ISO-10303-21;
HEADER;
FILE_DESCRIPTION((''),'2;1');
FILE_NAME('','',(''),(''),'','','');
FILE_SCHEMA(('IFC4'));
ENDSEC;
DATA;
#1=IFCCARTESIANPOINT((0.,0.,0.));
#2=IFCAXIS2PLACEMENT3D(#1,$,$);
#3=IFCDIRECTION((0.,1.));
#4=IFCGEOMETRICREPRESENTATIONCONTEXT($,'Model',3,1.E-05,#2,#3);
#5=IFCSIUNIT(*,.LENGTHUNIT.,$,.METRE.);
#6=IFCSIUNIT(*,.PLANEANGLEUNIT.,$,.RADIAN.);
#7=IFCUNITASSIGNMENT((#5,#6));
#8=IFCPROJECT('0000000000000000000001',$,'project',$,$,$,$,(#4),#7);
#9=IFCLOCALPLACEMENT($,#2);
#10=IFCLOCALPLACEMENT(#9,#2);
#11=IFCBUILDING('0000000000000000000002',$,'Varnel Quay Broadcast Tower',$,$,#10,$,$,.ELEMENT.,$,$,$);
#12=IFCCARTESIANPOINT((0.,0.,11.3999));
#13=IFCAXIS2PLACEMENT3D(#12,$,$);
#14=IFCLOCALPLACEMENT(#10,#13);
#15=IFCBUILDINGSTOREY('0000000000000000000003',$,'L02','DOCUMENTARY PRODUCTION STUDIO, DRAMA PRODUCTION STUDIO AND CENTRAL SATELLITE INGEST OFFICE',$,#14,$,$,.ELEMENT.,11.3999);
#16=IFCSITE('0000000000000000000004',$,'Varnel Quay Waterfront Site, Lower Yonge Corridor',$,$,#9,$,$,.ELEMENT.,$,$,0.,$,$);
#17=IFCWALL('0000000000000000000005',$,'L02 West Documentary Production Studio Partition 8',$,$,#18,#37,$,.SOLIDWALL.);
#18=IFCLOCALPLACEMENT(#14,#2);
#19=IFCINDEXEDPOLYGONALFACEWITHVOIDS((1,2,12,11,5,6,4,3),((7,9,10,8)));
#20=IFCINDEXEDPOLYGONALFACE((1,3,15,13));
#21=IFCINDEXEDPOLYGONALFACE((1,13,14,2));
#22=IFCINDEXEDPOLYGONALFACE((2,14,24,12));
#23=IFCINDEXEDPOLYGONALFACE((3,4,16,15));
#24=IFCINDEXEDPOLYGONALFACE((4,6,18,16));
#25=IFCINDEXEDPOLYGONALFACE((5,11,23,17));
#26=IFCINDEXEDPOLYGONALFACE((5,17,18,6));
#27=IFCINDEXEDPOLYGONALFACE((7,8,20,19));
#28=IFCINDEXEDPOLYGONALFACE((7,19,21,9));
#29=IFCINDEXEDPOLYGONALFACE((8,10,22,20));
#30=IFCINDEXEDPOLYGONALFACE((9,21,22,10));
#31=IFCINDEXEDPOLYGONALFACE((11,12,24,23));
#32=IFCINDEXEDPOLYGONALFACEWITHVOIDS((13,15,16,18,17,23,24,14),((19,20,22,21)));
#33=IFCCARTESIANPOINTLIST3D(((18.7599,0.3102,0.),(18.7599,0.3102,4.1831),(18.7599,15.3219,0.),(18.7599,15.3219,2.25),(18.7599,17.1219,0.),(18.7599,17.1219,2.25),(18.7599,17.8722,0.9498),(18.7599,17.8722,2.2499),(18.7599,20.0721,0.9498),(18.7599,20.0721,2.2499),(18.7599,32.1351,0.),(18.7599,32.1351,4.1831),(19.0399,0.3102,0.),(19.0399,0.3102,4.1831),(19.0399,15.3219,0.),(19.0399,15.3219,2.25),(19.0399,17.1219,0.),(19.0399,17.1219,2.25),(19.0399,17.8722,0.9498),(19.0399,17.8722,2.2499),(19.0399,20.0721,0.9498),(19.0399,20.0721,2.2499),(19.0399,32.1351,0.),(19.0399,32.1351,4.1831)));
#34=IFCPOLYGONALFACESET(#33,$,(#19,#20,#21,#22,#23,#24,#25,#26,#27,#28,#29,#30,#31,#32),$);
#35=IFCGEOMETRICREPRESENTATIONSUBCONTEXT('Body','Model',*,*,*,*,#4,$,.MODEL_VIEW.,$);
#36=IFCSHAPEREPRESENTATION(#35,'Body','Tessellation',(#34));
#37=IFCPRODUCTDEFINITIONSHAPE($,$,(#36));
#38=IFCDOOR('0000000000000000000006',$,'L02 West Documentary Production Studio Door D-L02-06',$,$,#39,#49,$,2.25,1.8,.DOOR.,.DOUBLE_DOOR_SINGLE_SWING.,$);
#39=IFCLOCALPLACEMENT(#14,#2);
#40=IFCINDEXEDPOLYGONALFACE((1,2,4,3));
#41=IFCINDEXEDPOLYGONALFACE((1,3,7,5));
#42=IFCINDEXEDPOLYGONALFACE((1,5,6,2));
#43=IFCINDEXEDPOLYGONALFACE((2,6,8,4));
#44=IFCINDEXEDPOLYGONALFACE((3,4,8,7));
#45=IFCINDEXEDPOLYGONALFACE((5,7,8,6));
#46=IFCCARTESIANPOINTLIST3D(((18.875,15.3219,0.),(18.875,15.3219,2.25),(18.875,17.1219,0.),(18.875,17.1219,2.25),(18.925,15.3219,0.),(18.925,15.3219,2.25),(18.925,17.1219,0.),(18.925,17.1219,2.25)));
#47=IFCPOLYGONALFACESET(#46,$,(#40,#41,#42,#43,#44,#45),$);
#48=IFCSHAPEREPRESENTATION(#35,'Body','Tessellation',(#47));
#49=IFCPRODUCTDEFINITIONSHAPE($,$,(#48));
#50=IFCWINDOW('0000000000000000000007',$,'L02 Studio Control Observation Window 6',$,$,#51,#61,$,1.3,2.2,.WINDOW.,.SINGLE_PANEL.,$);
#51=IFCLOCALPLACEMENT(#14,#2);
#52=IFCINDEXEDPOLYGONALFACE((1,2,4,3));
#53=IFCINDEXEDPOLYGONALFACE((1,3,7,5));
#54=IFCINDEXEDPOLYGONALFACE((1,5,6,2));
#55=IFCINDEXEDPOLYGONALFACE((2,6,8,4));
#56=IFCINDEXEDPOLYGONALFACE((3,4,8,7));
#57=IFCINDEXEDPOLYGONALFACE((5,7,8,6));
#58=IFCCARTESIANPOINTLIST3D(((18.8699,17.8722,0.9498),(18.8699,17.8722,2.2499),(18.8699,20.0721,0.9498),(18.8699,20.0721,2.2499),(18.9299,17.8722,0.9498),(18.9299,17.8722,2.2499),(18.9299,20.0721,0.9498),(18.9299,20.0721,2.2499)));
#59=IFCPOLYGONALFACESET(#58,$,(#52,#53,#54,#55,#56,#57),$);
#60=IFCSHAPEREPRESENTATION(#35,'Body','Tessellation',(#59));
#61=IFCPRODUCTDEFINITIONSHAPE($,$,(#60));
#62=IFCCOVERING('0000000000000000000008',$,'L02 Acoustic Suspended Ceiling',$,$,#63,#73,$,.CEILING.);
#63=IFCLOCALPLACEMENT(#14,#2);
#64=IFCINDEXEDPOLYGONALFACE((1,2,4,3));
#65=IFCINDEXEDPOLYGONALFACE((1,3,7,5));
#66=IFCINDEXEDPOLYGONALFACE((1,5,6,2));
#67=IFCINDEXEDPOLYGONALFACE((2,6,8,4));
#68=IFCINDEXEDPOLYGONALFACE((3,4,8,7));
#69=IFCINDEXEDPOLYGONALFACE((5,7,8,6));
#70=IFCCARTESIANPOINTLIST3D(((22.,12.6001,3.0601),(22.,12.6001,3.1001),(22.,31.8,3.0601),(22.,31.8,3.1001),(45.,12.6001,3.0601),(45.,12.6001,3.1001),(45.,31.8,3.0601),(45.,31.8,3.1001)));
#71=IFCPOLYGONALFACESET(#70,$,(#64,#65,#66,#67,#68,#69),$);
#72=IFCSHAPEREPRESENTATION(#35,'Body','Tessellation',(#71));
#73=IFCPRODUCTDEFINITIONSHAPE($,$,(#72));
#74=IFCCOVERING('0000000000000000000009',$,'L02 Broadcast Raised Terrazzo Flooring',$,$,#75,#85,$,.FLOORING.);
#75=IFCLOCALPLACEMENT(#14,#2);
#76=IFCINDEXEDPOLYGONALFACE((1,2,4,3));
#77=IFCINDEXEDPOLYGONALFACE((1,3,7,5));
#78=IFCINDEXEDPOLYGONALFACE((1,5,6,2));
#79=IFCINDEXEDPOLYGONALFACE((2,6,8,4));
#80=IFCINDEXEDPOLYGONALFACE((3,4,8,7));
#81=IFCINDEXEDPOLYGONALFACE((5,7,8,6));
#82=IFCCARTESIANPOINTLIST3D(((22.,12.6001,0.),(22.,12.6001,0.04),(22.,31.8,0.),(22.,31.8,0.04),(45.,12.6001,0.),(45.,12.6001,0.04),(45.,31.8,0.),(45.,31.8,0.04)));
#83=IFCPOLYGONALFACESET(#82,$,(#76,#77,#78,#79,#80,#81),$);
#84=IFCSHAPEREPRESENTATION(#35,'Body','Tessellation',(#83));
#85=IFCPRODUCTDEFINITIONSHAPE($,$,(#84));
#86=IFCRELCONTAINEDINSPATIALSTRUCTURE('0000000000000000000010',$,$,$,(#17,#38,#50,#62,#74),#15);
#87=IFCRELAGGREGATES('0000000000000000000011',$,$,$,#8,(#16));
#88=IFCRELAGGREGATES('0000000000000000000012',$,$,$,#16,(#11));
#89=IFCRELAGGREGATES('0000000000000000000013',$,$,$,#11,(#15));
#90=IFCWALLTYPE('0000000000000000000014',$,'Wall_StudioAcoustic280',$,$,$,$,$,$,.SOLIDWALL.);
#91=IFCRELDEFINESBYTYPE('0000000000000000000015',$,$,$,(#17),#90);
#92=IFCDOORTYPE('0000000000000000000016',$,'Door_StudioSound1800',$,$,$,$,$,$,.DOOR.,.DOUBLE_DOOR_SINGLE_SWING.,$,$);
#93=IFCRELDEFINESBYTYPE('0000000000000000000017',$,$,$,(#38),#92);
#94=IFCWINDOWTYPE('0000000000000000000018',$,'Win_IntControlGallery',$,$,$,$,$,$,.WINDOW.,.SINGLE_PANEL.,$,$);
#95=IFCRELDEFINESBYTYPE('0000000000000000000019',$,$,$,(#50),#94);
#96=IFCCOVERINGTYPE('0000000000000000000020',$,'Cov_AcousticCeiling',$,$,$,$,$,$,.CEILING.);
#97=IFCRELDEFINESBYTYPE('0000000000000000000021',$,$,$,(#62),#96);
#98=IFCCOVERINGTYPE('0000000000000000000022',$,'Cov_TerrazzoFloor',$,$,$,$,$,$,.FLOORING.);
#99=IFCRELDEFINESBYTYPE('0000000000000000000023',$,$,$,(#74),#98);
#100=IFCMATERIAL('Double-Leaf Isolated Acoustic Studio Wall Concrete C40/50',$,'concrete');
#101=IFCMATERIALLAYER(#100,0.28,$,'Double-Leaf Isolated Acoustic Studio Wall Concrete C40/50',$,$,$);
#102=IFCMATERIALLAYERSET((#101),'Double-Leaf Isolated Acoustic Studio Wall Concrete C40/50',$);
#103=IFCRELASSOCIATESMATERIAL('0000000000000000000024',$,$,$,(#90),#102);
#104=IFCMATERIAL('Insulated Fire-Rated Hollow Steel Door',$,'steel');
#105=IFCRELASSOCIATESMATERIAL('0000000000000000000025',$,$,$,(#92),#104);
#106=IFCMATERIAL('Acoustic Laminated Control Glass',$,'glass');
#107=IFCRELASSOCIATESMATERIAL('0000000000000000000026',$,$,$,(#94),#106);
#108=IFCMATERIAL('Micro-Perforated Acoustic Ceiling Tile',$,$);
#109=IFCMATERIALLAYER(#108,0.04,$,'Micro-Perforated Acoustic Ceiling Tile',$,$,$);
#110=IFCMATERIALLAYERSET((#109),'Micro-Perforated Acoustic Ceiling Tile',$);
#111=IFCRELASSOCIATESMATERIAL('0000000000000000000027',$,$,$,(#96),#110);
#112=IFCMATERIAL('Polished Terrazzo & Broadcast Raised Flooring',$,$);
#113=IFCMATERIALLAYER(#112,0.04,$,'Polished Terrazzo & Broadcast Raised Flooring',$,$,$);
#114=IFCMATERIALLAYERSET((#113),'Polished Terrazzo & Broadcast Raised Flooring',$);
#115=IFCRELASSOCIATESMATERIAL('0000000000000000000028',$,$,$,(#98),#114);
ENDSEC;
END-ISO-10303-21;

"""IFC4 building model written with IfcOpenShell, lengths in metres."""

from ifc_helpers import new_model, si_unit, direction, frame, frame_2d, origin, place, context, subcontext, project, spatial, polyline, rectangle, outline, extrude, source, transform, mapped, material, layer, layer_set, type_object, type_shapes, element, fill, save


model = new_model("IFC4")

# Units and contexts
model_context = context("Model", 3, precision=1e-05, world=origin(), true_north=direction((0.0, 1.0)))
body_context = subcontext(model_context, "Body", "Model", "MODEL_VIEW")
ifc_project = project(units=[si_unit("LENGTHUNIT", "METRE"), si_unit("PLANEANGLEUNIT", "RADIAN")], contexts=[model_context])

# Site, building, storey
site_placement = place(None, origin())
site = spatial("IfcSite", under=ifc_project, at=site_placement, Name="Varnel Quay Waterfront Site, Lower Yonge Corridor", CompositionType="ELEMENT", RefElevation=0.0)
building_placement = place(site_placement, origin())
building = spatial("IfcBuilding", under=site, at=building_placement, Name="Varnel Quay Broadcast Tower", CompositionType="ELEMENT")
storey_placement = place(building_placement, frame((0.0, 0.0, 11.3999)))
storey = spatial("IfcBuildingStorey", under=building, at=storey_placement, Name="L02", Description="DOCUMENTARY PRODUCTION STUDIO, DRAMA PRODUCTION STUDIO AND CENTRAL SATELLITE INGEST OFFICE", CompositionType="ELEMENT", Elevation=11.3999)

# Wall, openings, door, window
ifc_material_1 = material(Name="Double-Leaf Isolated Acoustic Studio Wall Concrete C40/50", Category="concrete")
ifc_layer_1 = layer(ifc_material_1, 0.28, Name="Double-Leaf Isolated Acoustic Studio Wall Concrete C40/50")
ifc_layer_set_1 = layer_set([ifc_layer_1], Name="Double-Leaf Isolated Acoustic Studio Wall Concrete C40/50")
wall_type_1 = type_object("IfcWallType", Name="Wall_StudioAcoustic280", PredefinedType="SOLIDWALL", material=ifc_layer_set_1)
wall_1_placement = place(storey_placement, frame((18.8999, 0.3101, 0.0), z_axis=(0.0, 0.0, 1.0), x_axis=(0.0, 1.0, 0.0)))
wall_1 = element("IfcWall", 1, at=wall_1_placement, inside=storey, type_object=wall_type_1, Name="L02 West Documentary Production Studio Partition 8", PredefinedType="SOLIDWALL", context=body_context, shape_type="SweptSolid", body=[
    extrude(rectangle(XDim=31.825, YDim=0.28, at=frame_2d((15.9126, 0.0))), origin(), (0.0, 0.0, 1.0), 4.1831),
])
opening_1_placement = place(wall_1_placement, frame((15.012, 0.0, 0.0)))
opening_1 = element("IfcOpeningElement", 2, at=opening_1_placement, cuts=wall_1, PredefinedType="OPENING", context=body_context, shape_type="SweptSolid", body=[
    extrude(rectangle(XDim=1.8, YDim=2.25, at=frame_2d((0.8999, 1.125))), frame((0.0, 0.1499, 0.0), z_axis=(0.0, -1.0, 0.0), x_axis=(1.0, 0.0, 0.0)), (0.0, 0.0, 1.0), 0.3),
])
opening_2_placement = place(wall_1_placement, frame((17.562, 0.0, 0.95)))
opening_2 = element("IfcOpeningElement", 3, at=opening_2_placement, cuts=wall_1, PredefinedType="OPENING", context=body_context, shape_type="SweptSolid", body=[
    extrude(rectangle(XDim=2.2, YDim=1.3, at=frame_2d((1.1001, 0.6499))), frame((0.0, 0.1499, 0.0), z_axis=(0.0, -1.0, 0.0), x_axis=(1.0, 0.0, 0.0)), (0.0, 0.0, 1.0), 0.3),
])
ifc_material_2 = material(Name="Insulated Fire-Rated Hollow Steel Door", Category="steel")
door_type_1 = type_object("IfcDoorType", Name="Door_StudioSound1800", OperationType="DOUBLE_DOOR_SINGLE_SWING", PredefinedType="DOOR", material=ifc_material_2)
shared_shape_1 = source(origin(), body_context, "Body", "SweptSolid", [
    extrude(rectangle(XDim=1.8, YDim=2.25, at=frame_2d((0.8999, 1.125))), frame((0.0, 0.0249, 0.0), z_axis=(0.0, -1.0, 0.0), x_axis=(1.0, 0.0, 0.0)), (0.0, 0.0, 1.0), 0.05),
])
type_shapes(door_type_1, [shared_shape_1])
door_1_placement = place(opening_1_placement, origin())
door_1 = element("IfcDoor", 4, at=door_1_placement, inside=storey, type_object=door_type_1, Name="L02 West Documentary Production Studio Door D-L02-06", OperationType="DOUBLE_DOOR_SINGLE_SWING", OverallHeight=2.25, OverallWidth=1.8, PredefinedType="DOOR", context=body_context, shape_type="MappedRepresentation", body=[
    mapped(shared_shape_1, transform((0.0, 0.0, 0.0), x_axis=(1.0, 0.0, 0.0), y_axis=(0.0, 1.0, 0.0), z_axis=(0.0, 0.0, 1.0), scale=1.0)),
])
fill(opening_1, door_1)
ifc_material_3 = material(Name="Acoustic Laminated Control Glass", Category="glass")
window_type_1 = type_object("IfcWindowType", Name="Win_IntControlGallery", PartitioningType="SINGLE_PANEL", PredefinedType="WINDOW", material=ifc_material_3)
shared_shape_2 = source(origin(), body_context, "Body", "SweptSolid", [
    extrude(rectangle(XDim=2.2, YDim=1.3, at=frame_2d((1.1001, 0.6499))), frame((0.0, 0.03, 0.0), z_axis=(0.0, -1.0, 0.0), x_axis=(1.0, 0.0, 0.0)), (0.0, 0.0, 1.0), 0.0601),
])
type_shapes(window_type_1, [shared_shape_2])
window_1_placement = place(opening_2_placement, origin())
window_1 = element("IfcWindow", 5, at=window_1_placement, inside=storey, type_object=window_type_1, Name="L02 Studio Control Observation Window 6", OverallHeight=1.3, OverallWidth=2.2, PartitioningType="SINGLE_PANEL", PredefinedType="WINDOW", context=body_context, shape_type="MappedRepresentation", body=[
    mapped(shared_shape_2, transform((0.0, 0.0, 0.0), x_axis=(1.0, 0.0, 0.0), y_axis=(0.0, 1.0, 0.0), z_axis=(0.0, 0.0, 1.0), scale=1.0)),
])
fill(opening_2, window_1)

# Coverings
ifc_material_4 = material(Name="Micro-Perforated Acoustic Ceiling Tile")
ifc_layer_2 = layer(ifc_material_4, 0.04, Name="Micro-Perforated Acoustic Ceiling Tile")
ifc_layer_set_2 = layer_set([ifc_layer_2], Name="Micro-Perforated Acoustic Ceiling Tile")
covering_type_1 = type_object("IfcCoveringType", Name="Cov_AcousticCeiling", PredefinedType="CEILING", material=ifc_layer_set_2)
covering_1_placement = place(storey_placement, frame((0.0, 0.0, 3.0601)))
element("IfcCovering", 6, at=covering_1_placement, inside=storey, type_object=covering_type_1, Name="L02 Acoustic Suspended Ceiling", PredefinedType="CEILING", context=body_context, shape_type="SweptSolid", body=[
    extrude(outline(polyline([(22.0, 12.6001), (45.0, 12.6001), (45.0, 31.8), (22.0, 31.8), (22.0, 12.6001)])), origin(), (0.0, 0.0, 1.0), 0.04),
])
ifc_material_5 = material(Name="Polished Terrazzo & Broadcast Raised Flooring")
ifc_layer_3 = layer(ifc_material_5, 0.04, Name="Polished Terrazzo & Broadcast Raised Flooring")
ifc_layer_set_3 = layer_set([ifc_layer_3], Name="Polished Terrazzo & Broadcast Raised Flooring")
covering_type_2 = type_object("IfcCoveringType", Name="Cov_TerrazzoFloor", PredefinedType="FLOORING", material=ifc_layer_set_3)
covering_2_placement = place(storey_placement, origin())
element("IfcCovering", 7, at=covering_2_placement, inside=storey, type_object=covering_type_2, Name="L02 Broadcast Raised Terrazzo Flooring", PredefinedType="FLOORING", context=body_context, shape_type="SweptSolid", body=[
    extrude(outline(polyline([(22.0, 12.6001), (45.0, 12.6001), (45.0, 31.8), (22.0, 31.8), (22.0, 12.6001)])), origin(), (0.0, 0.0, 1.0), 0.04),
])

save(model, "model.ifc")
